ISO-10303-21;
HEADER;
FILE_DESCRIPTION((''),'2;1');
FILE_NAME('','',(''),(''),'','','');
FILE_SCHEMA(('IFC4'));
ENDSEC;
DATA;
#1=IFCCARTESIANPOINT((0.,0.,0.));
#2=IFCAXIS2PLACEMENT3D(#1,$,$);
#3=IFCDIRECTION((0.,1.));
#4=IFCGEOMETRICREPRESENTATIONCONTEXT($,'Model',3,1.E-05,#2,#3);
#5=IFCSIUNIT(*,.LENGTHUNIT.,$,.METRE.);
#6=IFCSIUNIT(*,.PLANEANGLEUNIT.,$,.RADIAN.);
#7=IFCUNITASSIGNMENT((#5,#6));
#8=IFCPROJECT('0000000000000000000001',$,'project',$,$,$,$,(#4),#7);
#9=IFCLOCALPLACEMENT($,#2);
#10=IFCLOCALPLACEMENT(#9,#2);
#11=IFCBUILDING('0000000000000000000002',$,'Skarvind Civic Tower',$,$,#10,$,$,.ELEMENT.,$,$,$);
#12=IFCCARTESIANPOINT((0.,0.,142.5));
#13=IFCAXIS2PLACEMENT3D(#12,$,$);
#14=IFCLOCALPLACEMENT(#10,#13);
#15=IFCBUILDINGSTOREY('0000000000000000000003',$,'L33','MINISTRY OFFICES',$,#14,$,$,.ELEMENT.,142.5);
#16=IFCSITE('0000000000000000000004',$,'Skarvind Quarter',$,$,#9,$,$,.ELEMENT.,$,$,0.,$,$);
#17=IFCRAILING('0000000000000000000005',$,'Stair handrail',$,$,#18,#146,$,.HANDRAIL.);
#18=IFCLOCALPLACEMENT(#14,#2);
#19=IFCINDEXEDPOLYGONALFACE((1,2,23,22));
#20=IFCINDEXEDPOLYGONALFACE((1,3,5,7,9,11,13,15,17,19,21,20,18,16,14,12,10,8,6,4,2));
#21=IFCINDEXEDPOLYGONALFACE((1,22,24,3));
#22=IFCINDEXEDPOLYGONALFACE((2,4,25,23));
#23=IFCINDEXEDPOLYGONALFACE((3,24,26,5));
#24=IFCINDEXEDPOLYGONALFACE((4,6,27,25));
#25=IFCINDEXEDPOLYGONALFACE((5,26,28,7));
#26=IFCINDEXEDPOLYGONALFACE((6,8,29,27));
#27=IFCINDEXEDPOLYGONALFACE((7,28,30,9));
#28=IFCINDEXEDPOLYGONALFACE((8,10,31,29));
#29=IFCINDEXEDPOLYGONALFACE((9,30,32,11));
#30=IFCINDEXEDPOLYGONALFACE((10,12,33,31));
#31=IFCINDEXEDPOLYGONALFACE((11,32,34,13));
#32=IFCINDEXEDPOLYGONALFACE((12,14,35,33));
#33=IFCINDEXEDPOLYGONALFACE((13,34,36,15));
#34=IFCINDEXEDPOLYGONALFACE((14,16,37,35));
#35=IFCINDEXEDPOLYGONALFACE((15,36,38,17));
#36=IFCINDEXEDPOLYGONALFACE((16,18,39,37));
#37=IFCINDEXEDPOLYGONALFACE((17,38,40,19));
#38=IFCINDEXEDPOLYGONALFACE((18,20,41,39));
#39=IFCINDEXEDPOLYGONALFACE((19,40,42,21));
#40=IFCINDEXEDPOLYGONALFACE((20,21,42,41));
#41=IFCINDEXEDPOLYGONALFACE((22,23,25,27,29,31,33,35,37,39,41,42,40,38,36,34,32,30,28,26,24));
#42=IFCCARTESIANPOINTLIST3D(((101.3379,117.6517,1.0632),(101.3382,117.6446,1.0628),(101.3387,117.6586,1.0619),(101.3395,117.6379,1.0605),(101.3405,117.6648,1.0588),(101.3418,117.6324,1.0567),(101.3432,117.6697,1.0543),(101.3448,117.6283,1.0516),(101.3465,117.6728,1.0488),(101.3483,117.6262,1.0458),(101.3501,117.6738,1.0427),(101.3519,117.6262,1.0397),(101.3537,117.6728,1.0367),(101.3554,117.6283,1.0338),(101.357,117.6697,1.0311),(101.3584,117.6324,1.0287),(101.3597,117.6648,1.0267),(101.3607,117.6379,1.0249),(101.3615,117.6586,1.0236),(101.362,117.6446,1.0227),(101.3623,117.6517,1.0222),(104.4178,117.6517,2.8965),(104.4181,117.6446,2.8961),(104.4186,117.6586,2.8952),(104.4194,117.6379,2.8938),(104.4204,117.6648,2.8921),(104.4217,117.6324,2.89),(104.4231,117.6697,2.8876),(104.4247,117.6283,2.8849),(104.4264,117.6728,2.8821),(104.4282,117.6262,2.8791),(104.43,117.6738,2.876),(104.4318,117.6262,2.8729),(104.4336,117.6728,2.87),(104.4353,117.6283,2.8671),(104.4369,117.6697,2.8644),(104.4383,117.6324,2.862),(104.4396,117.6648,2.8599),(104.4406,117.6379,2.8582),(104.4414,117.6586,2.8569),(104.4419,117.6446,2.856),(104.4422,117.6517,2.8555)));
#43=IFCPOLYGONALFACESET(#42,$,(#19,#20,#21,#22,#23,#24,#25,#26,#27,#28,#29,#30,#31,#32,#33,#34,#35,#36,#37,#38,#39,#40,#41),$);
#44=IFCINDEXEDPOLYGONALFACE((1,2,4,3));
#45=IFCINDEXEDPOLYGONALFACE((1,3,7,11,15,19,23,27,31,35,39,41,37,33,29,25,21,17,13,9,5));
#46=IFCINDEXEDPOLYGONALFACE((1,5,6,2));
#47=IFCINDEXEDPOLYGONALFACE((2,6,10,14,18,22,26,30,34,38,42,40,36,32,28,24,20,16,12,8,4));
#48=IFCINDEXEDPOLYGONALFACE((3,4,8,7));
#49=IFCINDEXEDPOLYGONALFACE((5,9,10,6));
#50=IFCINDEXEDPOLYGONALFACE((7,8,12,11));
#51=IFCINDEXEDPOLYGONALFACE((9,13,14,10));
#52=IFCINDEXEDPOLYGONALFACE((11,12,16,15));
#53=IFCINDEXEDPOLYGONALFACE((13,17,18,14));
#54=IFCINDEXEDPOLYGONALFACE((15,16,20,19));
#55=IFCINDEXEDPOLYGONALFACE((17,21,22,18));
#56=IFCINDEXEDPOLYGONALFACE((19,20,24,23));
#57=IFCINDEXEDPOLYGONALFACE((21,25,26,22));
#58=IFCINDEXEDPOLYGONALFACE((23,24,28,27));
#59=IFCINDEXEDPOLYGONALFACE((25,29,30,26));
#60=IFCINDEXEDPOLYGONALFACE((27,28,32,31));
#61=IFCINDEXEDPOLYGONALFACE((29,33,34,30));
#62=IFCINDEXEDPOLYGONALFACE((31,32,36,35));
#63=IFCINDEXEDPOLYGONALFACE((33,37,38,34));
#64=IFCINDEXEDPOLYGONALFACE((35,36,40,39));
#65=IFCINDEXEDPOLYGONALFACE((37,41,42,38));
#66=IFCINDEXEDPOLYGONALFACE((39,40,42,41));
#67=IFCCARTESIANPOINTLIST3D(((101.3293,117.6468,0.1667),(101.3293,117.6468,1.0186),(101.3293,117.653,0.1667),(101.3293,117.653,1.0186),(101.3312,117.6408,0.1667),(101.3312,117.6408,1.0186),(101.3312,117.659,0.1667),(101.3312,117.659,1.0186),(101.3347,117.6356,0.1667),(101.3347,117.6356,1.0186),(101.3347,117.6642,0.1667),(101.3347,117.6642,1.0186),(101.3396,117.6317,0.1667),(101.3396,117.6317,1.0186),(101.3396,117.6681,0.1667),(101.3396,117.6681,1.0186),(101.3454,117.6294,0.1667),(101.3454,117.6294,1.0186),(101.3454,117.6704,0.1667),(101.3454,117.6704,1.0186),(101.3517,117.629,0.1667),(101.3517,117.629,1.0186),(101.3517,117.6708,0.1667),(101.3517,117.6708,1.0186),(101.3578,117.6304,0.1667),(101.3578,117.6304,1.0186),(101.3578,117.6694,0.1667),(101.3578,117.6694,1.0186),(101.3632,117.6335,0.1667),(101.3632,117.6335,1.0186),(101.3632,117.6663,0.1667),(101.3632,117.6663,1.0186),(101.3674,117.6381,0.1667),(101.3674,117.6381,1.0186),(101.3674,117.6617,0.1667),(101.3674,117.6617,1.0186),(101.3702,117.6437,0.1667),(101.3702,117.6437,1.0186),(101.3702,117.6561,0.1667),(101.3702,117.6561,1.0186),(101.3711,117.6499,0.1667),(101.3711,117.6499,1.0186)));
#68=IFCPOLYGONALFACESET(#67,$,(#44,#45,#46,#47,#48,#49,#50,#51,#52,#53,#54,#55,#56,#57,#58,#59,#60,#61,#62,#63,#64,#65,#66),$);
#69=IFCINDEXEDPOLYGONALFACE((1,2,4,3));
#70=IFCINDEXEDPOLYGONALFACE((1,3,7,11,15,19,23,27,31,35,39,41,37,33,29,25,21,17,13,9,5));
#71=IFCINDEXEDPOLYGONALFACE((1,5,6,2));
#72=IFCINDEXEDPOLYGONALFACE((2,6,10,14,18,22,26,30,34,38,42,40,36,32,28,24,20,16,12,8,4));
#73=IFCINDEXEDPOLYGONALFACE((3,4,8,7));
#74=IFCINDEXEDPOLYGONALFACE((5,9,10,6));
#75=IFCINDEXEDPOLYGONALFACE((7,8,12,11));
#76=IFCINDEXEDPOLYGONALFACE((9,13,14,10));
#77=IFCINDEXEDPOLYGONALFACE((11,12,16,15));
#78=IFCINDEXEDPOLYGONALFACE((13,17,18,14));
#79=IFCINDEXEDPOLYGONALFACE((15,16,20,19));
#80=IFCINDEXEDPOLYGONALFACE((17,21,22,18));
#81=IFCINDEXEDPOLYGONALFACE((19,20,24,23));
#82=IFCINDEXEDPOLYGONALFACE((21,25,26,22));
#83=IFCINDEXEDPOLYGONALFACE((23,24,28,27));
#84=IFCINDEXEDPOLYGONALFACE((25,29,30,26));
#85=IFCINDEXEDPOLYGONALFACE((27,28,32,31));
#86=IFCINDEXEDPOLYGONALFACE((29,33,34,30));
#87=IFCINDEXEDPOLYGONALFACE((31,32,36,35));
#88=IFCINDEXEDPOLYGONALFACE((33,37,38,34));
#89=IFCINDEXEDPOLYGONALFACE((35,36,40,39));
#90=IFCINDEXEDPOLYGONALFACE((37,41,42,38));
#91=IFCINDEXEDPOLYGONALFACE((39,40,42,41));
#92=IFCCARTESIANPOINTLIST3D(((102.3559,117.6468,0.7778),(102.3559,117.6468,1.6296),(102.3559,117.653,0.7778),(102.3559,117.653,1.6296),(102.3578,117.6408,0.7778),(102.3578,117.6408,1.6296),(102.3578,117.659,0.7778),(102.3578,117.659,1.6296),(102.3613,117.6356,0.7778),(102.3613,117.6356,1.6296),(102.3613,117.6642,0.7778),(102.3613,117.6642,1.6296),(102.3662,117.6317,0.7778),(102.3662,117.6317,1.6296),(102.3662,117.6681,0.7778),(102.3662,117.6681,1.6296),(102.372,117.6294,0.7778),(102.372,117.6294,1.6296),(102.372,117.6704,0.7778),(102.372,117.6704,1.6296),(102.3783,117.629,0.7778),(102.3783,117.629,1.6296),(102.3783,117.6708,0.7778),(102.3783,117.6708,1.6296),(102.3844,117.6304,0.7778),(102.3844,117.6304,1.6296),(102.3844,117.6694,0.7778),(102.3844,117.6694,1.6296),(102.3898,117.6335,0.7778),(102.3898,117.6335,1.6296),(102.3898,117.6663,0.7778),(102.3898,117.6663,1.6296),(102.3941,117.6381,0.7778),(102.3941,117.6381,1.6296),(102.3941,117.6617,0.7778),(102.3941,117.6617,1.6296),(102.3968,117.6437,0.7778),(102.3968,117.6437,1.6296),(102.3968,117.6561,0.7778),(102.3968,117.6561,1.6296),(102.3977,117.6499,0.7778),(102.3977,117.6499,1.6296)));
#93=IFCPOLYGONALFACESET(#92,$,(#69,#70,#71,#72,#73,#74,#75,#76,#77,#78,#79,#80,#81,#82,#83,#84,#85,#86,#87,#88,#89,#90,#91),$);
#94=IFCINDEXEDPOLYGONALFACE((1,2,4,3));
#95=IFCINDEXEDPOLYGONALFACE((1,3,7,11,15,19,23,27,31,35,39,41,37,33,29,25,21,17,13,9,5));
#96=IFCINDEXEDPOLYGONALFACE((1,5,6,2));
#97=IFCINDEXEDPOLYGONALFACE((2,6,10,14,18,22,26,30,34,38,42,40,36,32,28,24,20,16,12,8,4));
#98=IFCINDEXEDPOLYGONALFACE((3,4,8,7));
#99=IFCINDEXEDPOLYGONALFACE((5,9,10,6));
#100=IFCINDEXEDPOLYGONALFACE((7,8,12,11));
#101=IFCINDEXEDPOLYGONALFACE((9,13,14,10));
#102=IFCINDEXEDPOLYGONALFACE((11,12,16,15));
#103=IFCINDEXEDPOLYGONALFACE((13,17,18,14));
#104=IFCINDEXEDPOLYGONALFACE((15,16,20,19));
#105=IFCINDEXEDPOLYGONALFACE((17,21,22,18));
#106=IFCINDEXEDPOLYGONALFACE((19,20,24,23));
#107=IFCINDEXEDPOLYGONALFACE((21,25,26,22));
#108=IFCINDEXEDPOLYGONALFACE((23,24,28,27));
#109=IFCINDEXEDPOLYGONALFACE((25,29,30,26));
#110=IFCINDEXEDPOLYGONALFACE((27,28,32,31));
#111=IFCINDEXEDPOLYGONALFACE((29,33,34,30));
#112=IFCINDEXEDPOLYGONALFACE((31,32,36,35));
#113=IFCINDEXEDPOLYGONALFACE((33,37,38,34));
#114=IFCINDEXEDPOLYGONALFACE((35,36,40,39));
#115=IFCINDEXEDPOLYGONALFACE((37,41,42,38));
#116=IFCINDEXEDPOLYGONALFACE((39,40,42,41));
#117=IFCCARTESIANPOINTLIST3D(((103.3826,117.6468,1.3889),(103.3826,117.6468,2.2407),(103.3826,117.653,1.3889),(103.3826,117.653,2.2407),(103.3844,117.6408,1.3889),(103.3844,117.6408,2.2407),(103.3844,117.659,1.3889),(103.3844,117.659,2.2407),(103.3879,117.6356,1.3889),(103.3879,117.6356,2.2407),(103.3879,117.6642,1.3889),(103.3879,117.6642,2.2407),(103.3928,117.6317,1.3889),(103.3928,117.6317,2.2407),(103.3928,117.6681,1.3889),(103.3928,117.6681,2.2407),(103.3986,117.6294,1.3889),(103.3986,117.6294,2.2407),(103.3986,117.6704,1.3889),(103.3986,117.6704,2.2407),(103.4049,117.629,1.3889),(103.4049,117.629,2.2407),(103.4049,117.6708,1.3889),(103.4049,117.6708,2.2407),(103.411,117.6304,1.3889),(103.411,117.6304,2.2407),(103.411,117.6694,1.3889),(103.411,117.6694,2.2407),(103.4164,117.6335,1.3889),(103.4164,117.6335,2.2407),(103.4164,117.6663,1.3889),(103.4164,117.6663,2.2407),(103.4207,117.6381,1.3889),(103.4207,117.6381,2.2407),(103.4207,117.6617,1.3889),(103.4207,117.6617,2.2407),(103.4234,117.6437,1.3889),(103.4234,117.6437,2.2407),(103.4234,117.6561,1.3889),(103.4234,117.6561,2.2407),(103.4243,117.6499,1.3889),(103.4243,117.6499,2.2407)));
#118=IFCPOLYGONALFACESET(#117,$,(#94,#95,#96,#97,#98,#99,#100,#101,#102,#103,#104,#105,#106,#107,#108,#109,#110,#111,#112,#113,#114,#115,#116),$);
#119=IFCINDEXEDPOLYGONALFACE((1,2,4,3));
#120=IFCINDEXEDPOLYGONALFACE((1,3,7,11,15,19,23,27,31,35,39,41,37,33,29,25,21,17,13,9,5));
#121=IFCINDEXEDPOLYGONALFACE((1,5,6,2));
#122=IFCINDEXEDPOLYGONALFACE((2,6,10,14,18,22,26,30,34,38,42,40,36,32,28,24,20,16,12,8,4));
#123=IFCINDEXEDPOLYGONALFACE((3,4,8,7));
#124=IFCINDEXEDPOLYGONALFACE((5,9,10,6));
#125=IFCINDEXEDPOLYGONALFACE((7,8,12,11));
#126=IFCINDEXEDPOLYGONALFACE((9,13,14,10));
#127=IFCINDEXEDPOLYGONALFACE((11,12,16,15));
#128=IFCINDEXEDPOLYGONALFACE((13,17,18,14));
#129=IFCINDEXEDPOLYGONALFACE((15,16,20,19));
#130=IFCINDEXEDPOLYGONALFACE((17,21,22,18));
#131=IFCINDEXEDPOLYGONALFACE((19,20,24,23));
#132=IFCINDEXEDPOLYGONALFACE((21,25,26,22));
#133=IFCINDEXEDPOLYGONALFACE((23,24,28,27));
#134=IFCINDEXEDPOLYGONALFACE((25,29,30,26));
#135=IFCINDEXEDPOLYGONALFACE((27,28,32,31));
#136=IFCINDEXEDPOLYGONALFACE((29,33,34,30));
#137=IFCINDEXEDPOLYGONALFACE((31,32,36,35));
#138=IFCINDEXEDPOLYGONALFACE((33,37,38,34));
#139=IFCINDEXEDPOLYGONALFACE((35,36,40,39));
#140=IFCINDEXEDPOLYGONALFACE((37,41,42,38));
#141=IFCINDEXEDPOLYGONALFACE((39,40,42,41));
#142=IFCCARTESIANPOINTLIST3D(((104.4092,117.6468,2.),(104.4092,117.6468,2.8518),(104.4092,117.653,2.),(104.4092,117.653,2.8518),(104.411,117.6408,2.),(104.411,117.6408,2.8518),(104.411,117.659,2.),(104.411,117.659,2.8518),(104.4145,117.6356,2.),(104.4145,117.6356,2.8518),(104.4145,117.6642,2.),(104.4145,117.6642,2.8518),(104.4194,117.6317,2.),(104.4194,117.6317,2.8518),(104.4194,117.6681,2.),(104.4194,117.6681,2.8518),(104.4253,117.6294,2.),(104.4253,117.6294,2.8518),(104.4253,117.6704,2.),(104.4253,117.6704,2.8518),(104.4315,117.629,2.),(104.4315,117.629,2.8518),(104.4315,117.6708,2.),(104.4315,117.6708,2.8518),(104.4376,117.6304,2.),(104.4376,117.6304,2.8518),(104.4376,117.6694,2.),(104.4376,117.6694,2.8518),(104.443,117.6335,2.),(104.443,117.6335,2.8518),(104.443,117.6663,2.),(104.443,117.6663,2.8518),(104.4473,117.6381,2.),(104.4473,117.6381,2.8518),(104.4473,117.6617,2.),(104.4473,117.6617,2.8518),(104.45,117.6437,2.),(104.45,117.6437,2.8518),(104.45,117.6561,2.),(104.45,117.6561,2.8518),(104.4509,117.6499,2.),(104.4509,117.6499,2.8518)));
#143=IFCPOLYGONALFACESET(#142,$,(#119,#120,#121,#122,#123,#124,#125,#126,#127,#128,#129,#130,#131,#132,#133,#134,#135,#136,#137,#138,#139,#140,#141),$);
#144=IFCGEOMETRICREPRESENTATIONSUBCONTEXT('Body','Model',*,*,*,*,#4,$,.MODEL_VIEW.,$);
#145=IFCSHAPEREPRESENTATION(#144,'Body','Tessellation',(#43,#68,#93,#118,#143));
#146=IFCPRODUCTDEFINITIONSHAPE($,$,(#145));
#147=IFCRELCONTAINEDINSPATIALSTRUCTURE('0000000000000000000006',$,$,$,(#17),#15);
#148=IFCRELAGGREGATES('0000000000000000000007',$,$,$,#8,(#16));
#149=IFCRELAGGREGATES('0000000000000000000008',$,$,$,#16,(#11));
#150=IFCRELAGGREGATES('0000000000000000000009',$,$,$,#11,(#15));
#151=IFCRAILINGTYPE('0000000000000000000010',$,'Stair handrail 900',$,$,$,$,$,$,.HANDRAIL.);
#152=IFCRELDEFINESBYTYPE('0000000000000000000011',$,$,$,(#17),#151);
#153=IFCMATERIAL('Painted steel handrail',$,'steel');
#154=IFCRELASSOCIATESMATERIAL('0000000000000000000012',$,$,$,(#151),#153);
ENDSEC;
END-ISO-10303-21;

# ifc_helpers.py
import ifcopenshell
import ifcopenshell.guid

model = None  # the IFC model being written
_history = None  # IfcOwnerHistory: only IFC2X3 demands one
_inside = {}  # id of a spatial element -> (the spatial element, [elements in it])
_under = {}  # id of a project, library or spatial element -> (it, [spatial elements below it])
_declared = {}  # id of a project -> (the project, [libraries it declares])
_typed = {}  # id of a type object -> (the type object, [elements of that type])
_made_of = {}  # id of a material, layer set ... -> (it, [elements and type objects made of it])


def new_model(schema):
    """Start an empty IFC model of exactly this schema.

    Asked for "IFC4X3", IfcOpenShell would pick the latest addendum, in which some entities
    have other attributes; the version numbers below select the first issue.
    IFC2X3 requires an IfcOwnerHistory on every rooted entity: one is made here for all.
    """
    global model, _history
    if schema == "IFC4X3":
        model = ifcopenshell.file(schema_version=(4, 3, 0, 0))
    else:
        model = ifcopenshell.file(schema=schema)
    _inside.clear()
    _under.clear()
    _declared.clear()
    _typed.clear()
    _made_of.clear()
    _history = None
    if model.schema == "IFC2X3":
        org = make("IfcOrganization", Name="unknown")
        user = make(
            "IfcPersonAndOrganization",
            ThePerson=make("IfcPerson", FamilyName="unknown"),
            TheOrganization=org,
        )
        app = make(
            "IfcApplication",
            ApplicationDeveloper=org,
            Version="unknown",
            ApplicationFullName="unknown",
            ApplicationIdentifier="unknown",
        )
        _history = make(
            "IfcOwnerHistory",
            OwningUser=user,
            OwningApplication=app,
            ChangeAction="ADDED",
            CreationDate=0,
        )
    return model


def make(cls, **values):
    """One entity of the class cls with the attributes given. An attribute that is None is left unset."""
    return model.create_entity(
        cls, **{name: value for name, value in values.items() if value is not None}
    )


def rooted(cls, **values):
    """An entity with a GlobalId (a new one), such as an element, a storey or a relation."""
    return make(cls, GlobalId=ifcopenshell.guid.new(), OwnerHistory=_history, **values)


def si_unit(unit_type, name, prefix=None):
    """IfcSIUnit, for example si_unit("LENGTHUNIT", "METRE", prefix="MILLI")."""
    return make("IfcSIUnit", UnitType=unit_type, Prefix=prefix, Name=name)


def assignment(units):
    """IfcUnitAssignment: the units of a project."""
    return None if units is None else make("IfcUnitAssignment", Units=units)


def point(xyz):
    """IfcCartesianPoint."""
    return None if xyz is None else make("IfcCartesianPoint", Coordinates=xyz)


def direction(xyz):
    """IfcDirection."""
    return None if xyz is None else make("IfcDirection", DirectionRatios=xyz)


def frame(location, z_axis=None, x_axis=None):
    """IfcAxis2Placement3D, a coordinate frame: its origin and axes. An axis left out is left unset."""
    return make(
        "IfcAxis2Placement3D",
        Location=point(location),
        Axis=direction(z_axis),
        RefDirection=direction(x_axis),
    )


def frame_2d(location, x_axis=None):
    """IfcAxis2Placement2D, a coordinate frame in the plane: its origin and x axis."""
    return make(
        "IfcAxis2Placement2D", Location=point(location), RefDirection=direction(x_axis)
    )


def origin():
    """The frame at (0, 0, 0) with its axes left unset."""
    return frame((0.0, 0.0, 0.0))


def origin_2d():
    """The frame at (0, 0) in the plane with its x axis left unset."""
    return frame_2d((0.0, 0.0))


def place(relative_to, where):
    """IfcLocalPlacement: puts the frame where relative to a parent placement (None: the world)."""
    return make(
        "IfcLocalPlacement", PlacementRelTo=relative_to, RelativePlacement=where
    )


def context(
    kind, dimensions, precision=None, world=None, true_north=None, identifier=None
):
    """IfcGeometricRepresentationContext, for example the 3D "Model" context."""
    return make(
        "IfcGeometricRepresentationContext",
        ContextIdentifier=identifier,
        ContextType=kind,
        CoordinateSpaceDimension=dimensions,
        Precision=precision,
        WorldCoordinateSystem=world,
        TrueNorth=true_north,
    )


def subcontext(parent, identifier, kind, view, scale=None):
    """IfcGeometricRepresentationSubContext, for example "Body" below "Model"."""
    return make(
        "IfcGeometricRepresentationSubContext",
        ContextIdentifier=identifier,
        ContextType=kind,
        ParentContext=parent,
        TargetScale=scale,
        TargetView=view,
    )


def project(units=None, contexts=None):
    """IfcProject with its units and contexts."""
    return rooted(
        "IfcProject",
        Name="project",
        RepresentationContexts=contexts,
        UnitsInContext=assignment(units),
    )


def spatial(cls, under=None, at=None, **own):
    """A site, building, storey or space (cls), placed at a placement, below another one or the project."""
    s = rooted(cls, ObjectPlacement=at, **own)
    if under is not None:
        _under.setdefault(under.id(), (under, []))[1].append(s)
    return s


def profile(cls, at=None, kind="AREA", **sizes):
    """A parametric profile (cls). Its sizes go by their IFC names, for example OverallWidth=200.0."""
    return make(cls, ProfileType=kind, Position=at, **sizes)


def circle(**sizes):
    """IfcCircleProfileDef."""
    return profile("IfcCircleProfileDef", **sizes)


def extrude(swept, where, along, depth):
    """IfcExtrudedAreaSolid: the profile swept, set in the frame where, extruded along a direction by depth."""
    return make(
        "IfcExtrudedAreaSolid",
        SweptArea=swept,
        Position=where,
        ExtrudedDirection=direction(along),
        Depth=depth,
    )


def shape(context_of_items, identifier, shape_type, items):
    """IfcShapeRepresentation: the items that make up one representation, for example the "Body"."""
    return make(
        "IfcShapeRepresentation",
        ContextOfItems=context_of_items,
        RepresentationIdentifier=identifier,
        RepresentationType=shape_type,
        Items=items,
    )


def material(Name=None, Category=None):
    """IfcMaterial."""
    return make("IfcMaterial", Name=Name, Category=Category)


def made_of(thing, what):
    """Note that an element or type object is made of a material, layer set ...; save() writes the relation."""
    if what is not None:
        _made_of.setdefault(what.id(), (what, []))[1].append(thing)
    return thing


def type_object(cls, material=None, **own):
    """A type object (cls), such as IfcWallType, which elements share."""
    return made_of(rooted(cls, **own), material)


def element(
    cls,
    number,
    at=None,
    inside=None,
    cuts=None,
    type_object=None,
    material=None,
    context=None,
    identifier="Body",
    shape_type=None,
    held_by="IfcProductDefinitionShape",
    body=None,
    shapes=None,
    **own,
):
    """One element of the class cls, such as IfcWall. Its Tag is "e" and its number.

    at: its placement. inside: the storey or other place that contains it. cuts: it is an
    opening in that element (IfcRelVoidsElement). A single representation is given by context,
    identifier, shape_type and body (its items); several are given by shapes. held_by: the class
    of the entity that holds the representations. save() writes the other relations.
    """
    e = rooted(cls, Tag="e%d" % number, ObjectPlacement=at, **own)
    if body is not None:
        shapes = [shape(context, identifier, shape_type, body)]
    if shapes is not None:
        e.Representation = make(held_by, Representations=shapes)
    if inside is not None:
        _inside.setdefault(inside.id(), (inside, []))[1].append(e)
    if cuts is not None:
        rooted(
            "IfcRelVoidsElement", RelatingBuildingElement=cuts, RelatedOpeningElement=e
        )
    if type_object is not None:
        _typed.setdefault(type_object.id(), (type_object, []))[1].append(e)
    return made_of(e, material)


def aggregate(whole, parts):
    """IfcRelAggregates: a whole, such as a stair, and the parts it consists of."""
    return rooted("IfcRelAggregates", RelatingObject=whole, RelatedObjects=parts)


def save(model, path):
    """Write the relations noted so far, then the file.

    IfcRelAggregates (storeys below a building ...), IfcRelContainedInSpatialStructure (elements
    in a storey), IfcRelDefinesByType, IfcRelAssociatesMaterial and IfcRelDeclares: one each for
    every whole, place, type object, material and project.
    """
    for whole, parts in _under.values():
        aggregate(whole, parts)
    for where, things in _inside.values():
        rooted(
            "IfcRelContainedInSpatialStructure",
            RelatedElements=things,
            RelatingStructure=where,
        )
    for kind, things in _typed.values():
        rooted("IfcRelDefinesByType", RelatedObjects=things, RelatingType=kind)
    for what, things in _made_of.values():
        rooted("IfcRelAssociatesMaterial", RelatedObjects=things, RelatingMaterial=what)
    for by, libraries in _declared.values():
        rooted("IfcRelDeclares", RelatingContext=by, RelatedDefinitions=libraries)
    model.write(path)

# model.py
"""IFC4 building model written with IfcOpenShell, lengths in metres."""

from ifc_helpers import new_model, si_unit, direction, frame, origin, origin_2d, place, context, subcontext, project, spatial, circle, extrude, material, type_object, element, save


model = new_model("IFC4")

# Units and contexts
model_context = context("Model", 3, precision=1e-05, world=origin(), true_north=direction((0.0, 1.0)))
body_context = subcontext(model_context, "Body", "Model", "MODEL_VIEW")
ifc_project = project(units=[si_unit("LENGTHUNIT", "METRE"), si_unit("PLANEANGLEUNIT", "RADIAN")], contexts=[model_context])

# Site, building, storey
site_placement = place(None, origin())
site = spatial("IfcSite", under=ifc_project, at=site_placement, Name="Skarvind Quarter", CompositionType="ELEMENT", RefElevation=0.0)
building_placement = place(site_placement, origin())
building = spatial("IfcBuilding", under=site, at=building_placement, Name="Skarvind Civic Tower", CompositionType="ELEMENT")
storey_placement = place(building_placement, frame((0.0, 0.0, 142.5)))
storey = spatial("IfcBuildingStorey", under=building, at=storey_placement, Name="L33", Description="MINISTRY OFFICES", CompositionType="ELEMENT", Elevation=142.5)

# Railing
ifc_material_1 = material(Name="Painted steel handrail", Category="steel")
railing_type = type_object("IfcRailingType", Name="Stair handrail 900", PredefinedType="HANDRAIL", material=ifc_material_1)
railing_1_placement = place(storey_placement, frame((101.3501, 117.6499, 0.1667)))
element("IfcRailing", 1, at=railing_1_placement, inside=storey, type_object=railing_type, Name="Stair handrail", PredefinedType="HANDRAIL", context=body_context, shape_type="SweptSolid", body=[
    extrude(circle(Radius=0.0239, at=origin_2d()), frame((0.0, 0.0, 0.876), z_axis=(0.859291, 0.0, 0.511487), x_axis=(0.0, 1.0, 0.0)), (0.0, 0.0, 1.0), 3.5842),
    extrude(circle(Radius=0.021, at=origin_2d()), origin(), (0.0, 0.0, 1.0), 0.8518),
    extrude(circle(Radius=0.021, at=origin_2d()), frame((1.0266, 0.0, 0.6111)), (0.0, 0.0, 1.0), 0.8518),
    extrude(circle(Radius=0.021, at=origin_2d()), frame((2.0532, 0.0, 1.2222)), (0.0, 0.0, 1.0), 0.8518),
    extrude(circle(Radius=0.021, at=origin_2d()), frame((3.0798, 0.0, 1.8333)), (0.0, 0.0, 1.0), 0.8518),
])

save(model, "model.ifc")
